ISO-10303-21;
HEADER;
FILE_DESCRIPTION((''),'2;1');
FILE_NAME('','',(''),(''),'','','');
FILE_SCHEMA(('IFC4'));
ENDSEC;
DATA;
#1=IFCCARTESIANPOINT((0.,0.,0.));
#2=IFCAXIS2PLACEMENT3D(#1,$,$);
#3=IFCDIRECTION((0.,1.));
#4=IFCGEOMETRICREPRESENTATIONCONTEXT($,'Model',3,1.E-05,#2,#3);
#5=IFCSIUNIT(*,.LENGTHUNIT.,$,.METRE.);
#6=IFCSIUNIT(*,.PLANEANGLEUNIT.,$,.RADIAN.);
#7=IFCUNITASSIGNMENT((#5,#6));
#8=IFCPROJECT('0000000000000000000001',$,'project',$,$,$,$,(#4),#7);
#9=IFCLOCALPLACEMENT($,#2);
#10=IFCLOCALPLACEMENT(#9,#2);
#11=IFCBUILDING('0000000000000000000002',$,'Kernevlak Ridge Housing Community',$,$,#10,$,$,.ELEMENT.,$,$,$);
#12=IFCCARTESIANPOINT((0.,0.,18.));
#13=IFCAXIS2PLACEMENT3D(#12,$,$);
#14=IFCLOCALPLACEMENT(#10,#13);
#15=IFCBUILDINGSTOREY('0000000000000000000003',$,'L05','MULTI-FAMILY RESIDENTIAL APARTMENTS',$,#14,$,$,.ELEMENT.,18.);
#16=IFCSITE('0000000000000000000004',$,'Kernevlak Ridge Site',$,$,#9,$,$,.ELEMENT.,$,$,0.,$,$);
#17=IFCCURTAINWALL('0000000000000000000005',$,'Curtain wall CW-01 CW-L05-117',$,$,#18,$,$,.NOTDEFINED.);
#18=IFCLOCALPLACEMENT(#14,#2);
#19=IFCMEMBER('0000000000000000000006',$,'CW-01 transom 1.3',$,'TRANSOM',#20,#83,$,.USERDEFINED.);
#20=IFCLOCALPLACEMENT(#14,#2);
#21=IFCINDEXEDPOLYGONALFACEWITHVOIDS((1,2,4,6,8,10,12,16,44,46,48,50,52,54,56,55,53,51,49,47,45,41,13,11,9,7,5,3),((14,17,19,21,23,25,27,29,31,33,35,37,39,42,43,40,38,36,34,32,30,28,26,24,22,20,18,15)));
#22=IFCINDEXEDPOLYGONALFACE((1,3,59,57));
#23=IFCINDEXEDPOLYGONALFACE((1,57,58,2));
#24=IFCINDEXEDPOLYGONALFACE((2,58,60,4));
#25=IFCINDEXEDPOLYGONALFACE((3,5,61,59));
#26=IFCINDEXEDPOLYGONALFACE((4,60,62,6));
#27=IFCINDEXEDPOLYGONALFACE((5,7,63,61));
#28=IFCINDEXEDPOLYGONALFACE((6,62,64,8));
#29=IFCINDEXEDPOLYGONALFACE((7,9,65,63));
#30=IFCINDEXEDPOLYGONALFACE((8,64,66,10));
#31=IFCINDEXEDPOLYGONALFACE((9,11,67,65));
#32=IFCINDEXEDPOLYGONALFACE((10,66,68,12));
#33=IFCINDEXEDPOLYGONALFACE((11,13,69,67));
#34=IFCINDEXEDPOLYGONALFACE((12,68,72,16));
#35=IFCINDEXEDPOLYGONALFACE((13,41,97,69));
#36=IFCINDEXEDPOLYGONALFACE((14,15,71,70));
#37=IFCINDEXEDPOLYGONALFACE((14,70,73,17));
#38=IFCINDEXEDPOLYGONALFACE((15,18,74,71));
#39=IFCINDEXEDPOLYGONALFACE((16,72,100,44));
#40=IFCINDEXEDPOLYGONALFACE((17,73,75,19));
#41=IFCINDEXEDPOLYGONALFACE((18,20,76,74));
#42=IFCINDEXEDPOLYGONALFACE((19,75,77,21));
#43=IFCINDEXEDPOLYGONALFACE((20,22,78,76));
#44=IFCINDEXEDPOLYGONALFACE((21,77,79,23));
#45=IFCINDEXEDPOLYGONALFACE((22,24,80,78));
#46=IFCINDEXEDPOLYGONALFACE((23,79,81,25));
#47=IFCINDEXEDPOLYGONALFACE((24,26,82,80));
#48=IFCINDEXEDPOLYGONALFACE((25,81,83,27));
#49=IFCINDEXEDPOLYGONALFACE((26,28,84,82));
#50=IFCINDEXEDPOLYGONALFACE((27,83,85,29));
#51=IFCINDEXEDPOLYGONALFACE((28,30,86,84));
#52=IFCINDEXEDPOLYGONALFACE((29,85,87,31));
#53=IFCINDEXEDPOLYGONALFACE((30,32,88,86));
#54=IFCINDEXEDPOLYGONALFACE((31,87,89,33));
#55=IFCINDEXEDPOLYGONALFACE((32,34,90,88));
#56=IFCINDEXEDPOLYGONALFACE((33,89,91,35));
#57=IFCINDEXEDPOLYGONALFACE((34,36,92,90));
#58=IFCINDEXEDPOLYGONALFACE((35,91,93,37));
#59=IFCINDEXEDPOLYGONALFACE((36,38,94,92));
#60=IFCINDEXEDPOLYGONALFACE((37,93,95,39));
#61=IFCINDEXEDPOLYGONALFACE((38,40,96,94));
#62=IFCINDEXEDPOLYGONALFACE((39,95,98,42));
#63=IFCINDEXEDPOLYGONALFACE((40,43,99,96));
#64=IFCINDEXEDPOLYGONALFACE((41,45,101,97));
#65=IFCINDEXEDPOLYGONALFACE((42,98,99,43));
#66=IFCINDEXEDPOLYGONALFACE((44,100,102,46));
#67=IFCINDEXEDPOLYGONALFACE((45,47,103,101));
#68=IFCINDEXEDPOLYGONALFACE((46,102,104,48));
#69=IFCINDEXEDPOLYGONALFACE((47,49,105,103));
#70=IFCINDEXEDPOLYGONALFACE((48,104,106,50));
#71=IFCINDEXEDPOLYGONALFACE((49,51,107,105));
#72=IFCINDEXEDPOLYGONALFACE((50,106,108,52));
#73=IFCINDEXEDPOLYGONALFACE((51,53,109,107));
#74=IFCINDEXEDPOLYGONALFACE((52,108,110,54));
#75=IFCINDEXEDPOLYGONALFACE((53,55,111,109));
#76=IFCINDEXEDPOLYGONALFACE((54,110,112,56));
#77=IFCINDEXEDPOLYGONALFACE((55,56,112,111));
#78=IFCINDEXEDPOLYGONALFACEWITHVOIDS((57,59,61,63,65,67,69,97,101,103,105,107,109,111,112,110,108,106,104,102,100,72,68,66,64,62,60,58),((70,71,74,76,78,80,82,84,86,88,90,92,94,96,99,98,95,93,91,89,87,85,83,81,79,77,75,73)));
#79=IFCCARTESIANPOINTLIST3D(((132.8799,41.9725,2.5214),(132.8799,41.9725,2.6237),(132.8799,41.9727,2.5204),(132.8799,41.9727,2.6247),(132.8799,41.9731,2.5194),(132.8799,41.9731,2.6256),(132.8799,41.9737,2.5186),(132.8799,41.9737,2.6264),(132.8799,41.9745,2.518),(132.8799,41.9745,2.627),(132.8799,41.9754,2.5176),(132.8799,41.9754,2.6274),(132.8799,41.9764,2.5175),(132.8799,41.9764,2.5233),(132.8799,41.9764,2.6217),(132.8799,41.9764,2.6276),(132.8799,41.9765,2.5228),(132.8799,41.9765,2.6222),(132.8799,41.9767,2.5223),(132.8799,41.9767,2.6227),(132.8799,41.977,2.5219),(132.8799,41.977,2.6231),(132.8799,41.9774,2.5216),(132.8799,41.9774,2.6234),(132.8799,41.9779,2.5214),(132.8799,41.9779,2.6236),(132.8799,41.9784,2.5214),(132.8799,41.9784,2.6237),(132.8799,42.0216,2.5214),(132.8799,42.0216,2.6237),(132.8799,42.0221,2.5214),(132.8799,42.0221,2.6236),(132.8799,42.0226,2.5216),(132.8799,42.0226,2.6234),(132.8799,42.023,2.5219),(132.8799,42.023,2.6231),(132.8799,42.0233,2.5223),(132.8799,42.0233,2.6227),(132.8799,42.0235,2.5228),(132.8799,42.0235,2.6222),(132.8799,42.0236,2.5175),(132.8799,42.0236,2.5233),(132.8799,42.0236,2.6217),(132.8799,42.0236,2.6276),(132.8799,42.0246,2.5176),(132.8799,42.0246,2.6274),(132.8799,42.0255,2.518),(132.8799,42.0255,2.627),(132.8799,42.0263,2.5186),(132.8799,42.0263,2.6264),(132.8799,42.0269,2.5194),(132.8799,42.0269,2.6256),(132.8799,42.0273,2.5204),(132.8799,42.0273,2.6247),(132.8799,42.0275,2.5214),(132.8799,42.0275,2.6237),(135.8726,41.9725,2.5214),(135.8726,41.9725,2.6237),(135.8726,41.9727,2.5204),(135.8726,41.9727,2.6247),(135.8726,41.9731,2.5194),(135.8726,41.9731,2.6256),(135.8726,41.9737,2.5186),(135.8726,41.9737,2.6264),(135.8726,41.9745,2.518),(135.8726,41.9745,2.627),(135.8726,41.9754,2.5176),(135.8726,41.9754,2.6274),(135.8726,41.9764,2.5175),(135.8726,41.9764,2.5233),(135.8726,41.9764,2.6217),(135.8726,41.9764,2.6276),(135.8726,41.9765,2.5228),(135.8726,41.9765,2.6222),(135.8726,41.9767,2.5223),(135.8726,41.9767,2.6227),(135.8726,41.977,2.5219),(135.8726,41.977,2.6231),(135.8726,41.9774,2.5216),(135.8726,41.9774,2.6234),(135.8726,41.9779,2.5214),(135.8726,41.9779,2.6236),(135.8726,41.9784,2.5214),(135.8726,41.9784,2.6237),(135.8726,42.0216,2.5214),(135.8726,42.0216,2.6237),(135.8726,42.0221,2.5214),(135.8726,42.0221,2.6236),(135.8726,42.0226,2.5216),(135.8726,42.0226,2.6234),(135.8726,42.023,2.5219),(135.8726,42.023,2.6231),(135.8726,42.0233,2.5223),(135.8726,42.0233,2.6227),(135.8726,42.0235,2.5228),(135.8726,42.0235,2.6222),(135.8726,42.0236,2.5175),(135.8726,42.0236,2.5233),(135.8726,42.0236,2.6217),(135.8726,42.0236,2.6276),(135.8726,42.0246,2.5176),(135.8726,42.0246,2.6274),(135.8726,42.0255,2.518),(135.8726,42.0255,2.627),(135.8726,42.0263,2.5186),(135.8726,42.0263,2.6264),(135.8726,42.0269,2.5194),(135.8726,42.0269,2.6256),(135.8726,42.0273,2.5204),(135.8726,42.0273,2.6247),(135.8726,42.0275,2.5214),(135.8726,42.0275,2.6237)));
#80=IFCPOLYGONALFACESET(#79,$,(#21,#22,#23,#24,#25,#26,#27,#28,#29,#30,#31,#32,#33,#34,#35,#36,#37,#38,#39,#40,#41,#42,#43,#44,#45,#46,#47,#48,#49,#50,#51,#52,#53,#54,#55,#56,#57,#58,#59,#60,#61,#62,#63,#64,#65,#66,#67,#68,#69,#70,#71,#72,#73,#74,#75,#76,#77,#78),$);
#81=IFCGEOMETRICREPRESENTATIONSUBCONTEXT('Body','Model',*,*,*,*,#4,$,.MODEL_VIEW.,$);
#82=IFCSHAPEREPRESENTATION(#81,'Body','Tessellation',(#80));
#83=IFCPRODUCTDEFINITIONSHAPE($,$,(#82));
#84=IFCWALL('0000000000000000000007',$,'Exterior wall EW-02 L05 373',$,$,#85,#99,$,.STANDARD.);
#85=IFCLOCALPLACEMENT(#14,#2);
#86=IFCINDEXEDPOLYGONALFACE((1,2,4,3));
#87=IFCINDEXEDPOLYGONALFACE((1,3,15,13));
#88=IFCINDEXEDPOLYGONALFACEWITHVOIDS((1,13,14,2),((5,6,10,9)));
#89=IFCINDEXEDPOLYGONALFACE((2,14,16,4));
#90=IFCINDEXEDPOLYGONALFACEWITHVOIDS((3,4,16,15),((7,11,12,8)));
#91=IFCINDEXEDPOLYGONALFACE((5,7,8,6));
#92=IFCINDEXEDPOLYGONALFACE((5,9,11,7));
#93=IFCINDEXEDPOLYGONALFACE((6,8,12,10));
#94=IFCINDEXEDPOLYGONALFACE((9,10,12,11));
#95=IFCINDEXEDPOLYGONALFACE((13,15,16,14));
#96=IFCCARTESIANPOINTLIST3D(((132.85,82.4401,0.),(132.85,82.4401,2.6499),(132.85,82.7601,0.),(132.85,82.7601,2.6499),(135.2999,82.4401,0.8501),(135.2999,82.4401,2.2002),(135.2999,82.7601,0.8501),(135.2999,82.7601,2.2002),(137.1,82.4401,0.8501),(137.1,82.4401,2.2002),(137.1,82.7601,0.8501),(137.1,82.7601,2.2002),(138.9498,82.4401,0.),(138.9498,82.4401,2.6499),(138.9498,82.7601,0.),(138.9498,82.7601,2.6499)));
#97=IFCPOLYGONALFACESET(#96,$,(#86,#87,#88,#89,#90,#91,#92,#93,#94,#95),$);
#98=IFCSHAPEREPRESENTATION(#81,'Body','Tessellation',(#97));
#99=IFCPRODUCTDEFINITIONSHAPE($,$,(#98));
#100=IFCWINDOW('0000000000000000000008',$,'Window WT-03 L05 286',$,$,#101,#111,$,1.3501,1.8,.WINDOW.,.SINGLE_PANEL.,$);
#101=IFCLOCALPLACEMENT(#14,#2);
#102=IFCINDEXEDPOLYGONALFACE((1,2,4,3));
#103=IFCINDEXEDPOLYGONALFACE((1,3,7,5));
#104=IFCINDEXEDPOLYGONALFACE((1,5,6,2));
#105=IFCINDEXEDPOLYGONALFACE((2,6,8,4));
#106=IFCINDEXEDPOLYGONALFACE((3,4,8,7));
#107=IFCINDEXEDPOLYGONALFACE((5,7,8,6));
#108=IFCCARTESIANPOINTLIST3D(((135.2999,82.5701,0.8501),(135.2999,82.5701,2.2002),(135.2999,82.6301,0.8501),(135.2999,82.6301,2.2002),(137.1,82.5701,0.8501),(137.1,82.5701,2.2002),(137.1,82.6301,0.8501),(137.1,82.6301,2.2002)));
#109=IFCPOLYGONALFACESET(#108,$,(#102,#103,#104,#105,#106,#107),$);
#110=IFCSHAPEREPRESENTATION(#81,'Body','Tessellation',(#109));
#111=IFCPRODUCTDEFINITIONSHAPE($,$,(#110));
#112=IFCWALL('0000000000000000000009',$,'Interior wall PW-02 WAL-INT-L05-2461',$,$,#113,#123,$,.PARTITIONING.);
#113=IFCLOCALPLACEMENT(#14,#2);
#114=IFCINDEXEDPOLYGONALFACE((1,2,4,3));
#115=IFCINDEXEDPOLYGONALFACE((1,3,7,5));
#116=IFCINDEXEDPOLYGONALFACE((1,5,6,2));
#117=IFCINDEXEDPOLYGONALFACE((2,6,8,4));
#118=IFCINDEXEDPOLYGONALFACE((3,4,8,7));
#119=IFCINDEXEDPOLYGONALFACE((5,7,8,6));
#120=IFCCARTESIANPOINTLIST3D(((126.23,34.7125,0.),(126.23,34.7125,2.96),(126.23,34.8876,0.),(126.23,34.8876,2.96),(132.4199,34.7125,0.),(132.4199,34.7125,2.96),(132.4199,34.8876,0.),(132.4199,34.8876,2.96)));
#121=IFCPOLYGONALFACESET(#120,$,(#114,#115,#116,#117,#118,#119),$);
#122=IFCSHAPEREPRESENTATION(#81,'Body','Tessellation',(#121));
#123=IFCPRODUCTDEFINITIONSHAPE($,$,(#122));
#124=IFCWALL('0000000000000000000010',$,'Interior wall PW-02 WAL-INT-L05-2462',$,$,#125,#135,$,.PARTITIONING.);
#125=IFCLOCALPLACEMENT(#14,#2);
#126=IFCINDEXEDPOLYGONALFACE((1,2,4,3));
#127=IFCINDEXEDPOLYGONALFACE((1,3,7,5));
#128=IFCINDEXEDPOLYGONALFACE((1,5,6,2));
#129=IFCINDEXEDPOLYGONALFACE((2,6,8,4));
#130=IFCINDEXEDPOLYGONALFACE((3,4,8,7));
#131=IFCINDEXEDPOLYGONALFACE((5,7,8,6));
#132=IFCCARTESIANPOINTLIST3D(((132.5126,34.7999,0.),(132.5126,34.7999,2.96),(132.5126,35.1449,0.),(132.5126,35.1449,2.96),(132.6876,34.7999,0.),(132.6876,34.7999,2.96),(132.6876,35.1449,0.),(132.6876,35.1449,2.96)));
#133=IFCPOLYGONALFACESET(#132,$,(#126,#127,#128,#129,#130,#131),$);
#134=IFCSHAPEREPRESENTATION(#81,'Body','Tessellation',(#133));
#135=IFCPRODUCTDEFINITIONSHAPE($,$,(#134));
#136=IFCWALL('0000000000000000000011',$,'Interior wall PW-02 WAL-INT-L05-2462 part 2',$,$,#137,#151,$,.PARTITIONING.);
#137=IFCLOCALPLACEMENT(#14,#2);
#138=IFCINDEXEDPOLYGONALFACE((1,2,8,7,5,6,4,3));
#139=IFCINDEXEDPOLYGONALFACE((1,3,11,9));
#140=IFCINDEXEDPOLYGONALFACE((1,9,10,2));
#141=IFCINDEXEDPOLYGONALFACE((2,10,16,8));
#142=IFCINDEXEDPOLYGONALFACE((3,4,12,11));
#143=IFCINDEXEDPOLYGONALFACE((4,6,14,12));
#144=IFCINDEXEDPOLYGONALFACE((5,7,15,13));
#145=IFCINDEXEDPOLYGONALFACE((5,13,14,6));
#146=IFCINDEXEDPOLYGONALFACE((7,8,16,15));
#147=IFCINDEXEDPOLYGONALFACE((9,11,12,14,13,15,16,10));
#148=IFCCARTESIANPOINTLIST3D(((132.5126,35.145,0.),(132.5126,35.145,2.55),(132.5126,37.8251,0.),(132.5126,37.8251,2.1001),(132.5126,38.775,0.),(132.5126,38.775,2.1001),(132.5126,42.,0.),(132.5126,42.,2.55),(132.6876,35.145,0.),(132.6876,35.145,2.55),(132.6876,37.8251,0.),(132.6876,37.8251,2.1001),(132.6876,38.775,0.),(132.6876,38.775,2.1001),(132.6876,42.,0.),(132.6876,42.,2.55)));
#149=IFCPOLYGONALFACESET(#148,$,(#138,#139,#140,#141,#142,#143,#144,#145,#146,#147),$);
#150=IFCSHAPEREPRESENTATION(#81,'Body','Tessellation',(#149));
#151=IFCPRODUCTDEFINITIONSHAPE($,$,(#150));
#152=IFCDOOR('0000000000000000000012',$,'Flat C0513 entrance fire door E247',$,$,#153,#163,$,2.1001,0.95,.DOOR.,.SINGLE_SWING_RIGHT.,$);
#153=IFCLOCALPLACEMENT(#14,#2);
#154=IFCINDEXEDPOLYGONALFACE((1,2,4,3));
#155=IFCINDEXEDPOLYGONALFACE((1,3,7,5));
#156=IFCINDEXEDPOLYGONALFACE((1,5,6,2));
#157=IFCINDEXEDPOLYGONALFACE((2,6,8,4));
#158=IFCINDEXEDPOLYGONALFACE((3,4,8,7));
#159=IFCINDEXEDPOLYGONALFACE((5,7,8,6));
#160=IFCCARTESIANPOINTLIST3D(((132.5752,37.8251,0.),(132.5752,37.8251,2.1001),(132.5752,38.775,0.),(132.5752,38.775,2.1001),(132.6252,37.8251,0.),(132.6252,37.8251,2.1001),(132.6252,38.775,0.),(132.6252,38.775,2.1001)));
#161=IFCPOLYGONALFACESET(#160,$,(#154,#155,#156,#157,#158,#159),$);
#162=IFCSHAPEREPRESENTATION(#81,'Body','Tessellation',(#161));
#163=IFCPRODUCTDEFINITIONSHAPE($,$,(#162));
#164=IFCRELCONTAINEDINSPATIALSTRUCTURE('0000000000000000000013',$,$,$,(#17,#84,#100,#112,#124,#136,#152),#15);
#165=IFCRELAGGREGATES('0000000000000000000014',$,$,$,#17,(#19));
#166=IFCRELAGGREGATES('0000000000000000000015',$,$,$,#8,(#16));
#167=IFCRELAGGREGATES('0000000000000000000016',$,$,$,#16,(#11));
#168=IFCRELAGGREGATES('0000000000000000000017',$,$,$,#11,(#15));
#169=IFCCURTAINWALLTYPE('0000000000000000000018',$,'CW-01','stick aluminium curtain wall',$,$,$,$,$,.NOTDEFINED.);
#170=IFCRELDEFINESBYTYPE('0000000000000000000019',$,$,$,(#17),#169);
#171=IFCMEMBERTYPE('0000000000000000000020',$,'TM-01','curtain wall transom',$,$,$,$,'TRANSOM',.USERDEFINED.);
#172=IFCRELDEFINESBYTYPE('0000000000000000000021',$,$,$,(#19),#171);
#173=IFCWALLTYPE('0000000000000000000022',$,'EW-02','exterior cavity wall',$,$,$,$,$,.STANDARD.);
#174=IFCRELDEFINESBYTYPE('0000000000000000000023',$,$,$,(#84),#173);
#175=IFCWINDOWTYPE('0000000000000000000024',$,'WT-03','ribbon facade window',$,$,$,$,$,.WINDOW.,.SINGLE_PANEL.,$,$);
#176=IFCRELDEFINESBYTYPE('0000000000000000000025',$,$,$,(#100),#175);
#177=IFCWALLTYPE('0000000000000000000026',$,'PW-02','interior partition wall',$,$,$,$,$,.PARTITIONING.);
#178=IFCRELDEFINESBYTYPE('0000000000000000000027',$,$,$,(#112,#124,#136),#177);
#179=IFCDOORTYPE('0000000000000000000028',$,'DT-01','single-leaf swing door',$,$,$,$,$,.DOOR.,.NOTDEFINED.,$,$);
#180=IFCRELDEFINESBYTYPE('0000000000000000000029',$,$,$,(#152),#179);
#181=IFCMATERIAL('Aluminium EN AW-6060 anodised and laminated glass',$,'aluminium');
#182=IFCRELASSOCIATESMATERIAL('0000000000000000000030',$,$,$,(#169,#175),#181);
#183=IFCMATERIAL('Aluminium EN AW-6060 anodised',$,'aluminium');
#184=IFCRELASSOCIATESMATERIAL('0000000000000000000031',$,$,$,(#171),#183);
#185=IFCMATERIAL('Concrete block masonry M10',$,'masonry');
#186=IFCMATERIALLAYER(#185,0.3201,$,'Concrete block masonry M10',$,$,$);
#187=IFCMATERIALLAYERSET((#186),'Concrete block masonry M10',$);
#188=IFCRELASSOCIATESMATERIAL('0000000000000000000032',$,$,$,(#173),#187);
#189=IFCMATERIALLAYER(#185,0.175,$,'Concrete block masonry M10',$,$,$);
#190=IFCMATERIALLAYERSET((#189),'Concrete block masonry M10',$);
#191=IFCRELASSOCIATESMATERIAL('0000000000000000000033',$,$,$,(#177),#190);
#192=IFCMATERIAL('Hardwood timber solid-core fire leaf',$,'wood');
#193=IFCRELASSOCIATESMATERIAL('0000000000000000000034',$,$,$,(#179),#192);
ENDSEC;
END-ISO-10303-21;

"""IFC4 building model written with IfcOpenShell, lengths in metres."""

from ifc_helpers import new_model, si_unit, direction, frame, frame_2d, origin, origin_2d, place, context, subcontext, project, spatial, rectangle, hollow_rectangle, extrude, material, layer, layer_set, material_profile, profile_set, type_object, element, fill, aggregate, save


model = new_model("IFC4")

# Units and contexts
model_context = context("Model", 3, precision=1e-05, world=origin(), true_north=direction((0.0, 1.0)))
body_context = subcontext(model_context, "Body", "Model", "MODEL_VIEW")
ifc_project = project(units=[si_unit("LENGTHUNIT", "METRE"), si_unit("PLANEANGLEUNIT", "RADIAN")], contexts=[model_context])

# Site, building, storey
site_placement = place(None, origin())
site = spatial("IfcSite", under=ifc_project, at=site_placement, Name="Kernevlak Ridge Site", CompositionType="ELEMENT", RefElevation=0.0)
building_placement = place(site_placement, origin())
building = spatial("IfcBuilding", under=site, at=building_placement, Name="Kernevlak Ridge Housing Community", CompositionType="ELEMENT")
storey_placement = place(building_placement, frame((0.0, 0.0, 18.0)))
storey = spatial("IfcBuildingStorey", under=building, at=storey_placement, Name="L05", Description="MULTI-FAMILY RESIDENTIAL APARTMENTS", CompositionType="ELEMENT", Elevation=18.0)

# Curtain wall
ifc_material_1 = material(Name="Aluminium EN AW-6060 anodised and laminated glass", Category="aluminium")
curtain_wall_type = type_object("IfcCurtainWallType", Name="CW-01", Description="stick aluminium curtain wall", PredefinedType="NOTDEFINED", material=ifc_material_1)
curtain_wall_placement = place(storey_placement, origin())
curtain_wall = element("IfcCurtainWall", 1, at=curtain_wall_placement, inside=storey, type_object=curtain_wall_type, Name="Curtain wall CW-01 CW-L05-117", PredefinedType="NOTDEFINED")
ifc_material_2 = material(Name="Aluminium EN AW-6060 anodised", Category="aluminium")

# Member
ifc_material_profile_1 = material_profile(ifc_material_2, hollow_rectangle(XDim=0.0549, YDim=0.1101, WallThickness=0.0039, InnerFilletRadius=0.002, OuterFilletRadius=0.0039, at=origin_2d()), Name="ALU 55x110x4")
ifc_profile_set_1 = profile_set([ifc_material_profile_1], Name="Aluminium EN AW-6060 anodised")
member_type_1 = type_object("IfcMemberType", Name="TM-01", Description="curtain wall transom", ElementType="TRANSOM", PredefinedType="USERDEFINED", material=ifc_profile_set_1)
member_1_placement = place(storey_placement, frame((132.8799, 42.0, 2.5725), z_axis=(1.0, 0.0, 0.0), x_axis=(0.0, 1.0, 0.0)))
member_1 = element("IfcMember", 2, at=member_1_placement, type_object=member_type_1, Name="CW-01 transom 1.3", ObjectType="TRANSOM", PredefinedType="USERDEFINED", context=body_context, shape_type="SweptSolid", body=[
    extrude(hollow_rectangle(XDim=0.0549, YDim=0.1101, WallThickness=0.0039, InnerFilletRadius=0.002, OuterFilletRadius=0.0039, at=origin_2d()), origin(), (0.0, 0.0, 1.0), 2.9927),
])
aggregate(curtain_wall, [member_1])

# Wall, opening, window
ifc_material_3 = material(Name="Concrete block masonry M10", Category="masonry")
ifc_layer_1 = layer(ifc_material_3, 0.3201, Name="Concrete block masonry M10")
ifc_layer_set_1 = layer_set([ifc_layer_1], Name="Concrete block masonry M10")
wall_type_1 = type_object("IfcWallType", Name="EW-02", Description="exterior cavity wall", PredefinedType="STANDARD", material=ifc_layer_set_1)
wall_1_placement = place(storey_placement, frame((132.8501, 82.6001, 0.0), z_axis=(0.0, 0.0, 1.0), x_axis=(1.0, 0.0, 0.0)))
wall_1 = element("IfcWall", 3, at=wall_1_placement, inside=storey, type_object=wall_type_1, Name="Exterior wall EW-02 L05 373", PredefinedType="STANDARD", context=body_context, shape_type="SweptSolid", body=[
    extrude(rectangle(XDim=6.0999, YDim=0.3201, at=frame_2d((3.0498, 0.0))), origin(), (0.0, 0.0, 1.0), 2.6499),
])
opening_1_placement = place(wall_1_placement, frame((2.45, 0.0, 0.8501)))
opening_1 = element("IfcOpeningElement", 4, at=opening_1_placement, cuts=wall_1, PredefinedType="OPENING", context=body_context, shape_type="SweptSolid", body=[
    extrude(rectangle(XDim=1.8, YDim=1.3501, at=frame_2d((0.8999, 0.675))), frame((0.0, 0.1699, 0.0), z_axis=(0.0, -1.0, 0.0), x_axis=(1.0, 0.0, 0.0)), (0.0, 0.0, 1.0), 0.3401),
])
window_type = type_object("IfcWindowType", Name="WT-03", Description="ribbon facade window", PartitioningType="SINGLE_PANEL", PredefinedType="WINDOW", material=ifc_material_1)
window_placement = place(opening_1_placement, origin())
window = element("IfcWindow", 5, at=window_placement, inside=storey, type_object=window_type, Name="Window WT-03 L05 286", OverallHeight=1.3501, OverallWidth=1.8, PartitioningType="SINGLE_PANEL", PredefinedType="WINDOW", context=body_context, shape_type="SweptSolid", body=[
    extrude(rectangle(XDim=1.8, YDim=1.3501, at=frame_2d((0.8999, 0.675))), frame((0.0, 0.03, 0.0), z_axis=(0.0, -1.0, 0.0), x_axis=(1.0, 0.0, 0.0)), (0.0, 0.0, 1.0), 0.0601),
])
fill(opening_1, window)

# Walls
ifc_layer_2 = layer(ifc_material_3, 0.175, Name="Concrete block masonry M10")
ifc_layer_set_2 = layer_set([ifc_layer_2], Name="Concrete block masonry M10")
wall_type_2 = type_object("IfcWallType", Name="PW-02", Description="interior partition wall", PredefinedType="PARTITIONING", material=ifc_layer_set_2)
wall_2_placement = place(storey_placement, frame((132.4199, 34.8, 0.0), z_axis=(0.0, 0.0, 1.0), x_axis=(-1.0, 0.0, 0.0)))
element("IfcWall", 6, at=wall_2_placement, inside=storey, type_object=wall_type_2, Name="Interior wall PW-02 WAL-INT-L05-2461", PredefinedType="PARTITIONING", context=body_context, shape_type="SweptSolid", body=[
    extrude(rectangle(XDim=6.1899, YDim=0.175, at=frame_2d((3.095, 0.0))), origin(), (0.0, 0.0, 1.0), 2.96),
])
wall_3_placement = place(storey_placement, frame((132.6001, 34.8, 0.0), z_axis=(0.0, 0.0, 1.0), x_axis=(0.0, 1.0, 0.0)))
element("IfcWall", 7, at=wall_3_placement, inside=storey, type_object=wall_type_2, Name="Interior wall PW-02 WAL-INT-L05-2462", PredefinedType="PARTITIONING", context=body_context, shape_type="SweptSolid", body=[
    extrude(rectangle(XDim=0.345, YDim=0.175, at=frame_2d((0.1724, 0.0))), origin(), (0.0, 0.0, 1.0), 2.96),
])

# Wall, opening, door
wall_4_placement = place(storey_placement, frame((132.6001, 35.145, 0.0), z_axis=(0.0, 0.0, 1.0), x_axis=(0.0, 1.0, 0.0)))
wall_4 = element("IfcWall", 8, at=wall_4_placement, inside=storey, type_object=wall_type_2, Name="Interior wall PW-02 WAL-INT-L05-2462 part 2", PredefinedType="PARTITIONING", context=body_context, shape_type="SweptSolid", body=[
    extrude(rectangle(XDim=6.855, YDim=0.175, at=frame_2d((3.4275, 0.0))), origin(), (0.0, 0.0, 1.0), 2.55),
])
opening_2_placement = place(wall_4_placement, frame((2.6799, 0.0, 0.0)))
opening_2 = element("IfcOpeningElement", 9, at=opening_2_placement, cuts=wall_4, PredefinedType="OPENING", context=body_context, shape_type="SweptSolid", body=[
    extrude(rectangle(XDim=0.95, YDim=2.1001, at=frame_2d((0.4751, 1.05))), frame((0.0, 0.0974, 0.0), z_axis=(0.0, -1.0, 0.0), x_axis=(1.0, 0.0, 0.0)), (0.0, 0.0, 1.0), 0.1951),
])
ifc_material_4 = material(Name="Hardwood timber solid-core fire leaf", Category="wood")
door_type_1 = type_object("IfcDoorType", Name="DT-01", Description="single-leaf swing door", OperationType="NOTDEFINED", PredefinedType="DOOR", material=ifc_material_4)
door_1_placement = place(opening_2_placement, origin())
door_1 = element("IfcDoor", 10, at=door_1_placement, inside=storey, type_object=door_type_1, Name="Flat C0513 entrance fire door E247", OperationType="SINGLE_SWING_RIGHT", OverallHeight=2.1001, OverallWidth=0.95, PredefinedType="DOOR", context=body_context, shape_type="SweptSolid", body=[
    extrude(rectangle(XDim=0.95, YDim=2.1001, at=frame_2d((0.4751, 1.05))), frame((0.0, 0.0249, 0.0), z_axis=(0.0, -1.0, 0.0), x_axis=(1.0, 0.0, 0.0)), (0.0, 0.0, 1.0), 0.05),
])
fill(opening_2, door_1)

save(model, "model.ifc")
